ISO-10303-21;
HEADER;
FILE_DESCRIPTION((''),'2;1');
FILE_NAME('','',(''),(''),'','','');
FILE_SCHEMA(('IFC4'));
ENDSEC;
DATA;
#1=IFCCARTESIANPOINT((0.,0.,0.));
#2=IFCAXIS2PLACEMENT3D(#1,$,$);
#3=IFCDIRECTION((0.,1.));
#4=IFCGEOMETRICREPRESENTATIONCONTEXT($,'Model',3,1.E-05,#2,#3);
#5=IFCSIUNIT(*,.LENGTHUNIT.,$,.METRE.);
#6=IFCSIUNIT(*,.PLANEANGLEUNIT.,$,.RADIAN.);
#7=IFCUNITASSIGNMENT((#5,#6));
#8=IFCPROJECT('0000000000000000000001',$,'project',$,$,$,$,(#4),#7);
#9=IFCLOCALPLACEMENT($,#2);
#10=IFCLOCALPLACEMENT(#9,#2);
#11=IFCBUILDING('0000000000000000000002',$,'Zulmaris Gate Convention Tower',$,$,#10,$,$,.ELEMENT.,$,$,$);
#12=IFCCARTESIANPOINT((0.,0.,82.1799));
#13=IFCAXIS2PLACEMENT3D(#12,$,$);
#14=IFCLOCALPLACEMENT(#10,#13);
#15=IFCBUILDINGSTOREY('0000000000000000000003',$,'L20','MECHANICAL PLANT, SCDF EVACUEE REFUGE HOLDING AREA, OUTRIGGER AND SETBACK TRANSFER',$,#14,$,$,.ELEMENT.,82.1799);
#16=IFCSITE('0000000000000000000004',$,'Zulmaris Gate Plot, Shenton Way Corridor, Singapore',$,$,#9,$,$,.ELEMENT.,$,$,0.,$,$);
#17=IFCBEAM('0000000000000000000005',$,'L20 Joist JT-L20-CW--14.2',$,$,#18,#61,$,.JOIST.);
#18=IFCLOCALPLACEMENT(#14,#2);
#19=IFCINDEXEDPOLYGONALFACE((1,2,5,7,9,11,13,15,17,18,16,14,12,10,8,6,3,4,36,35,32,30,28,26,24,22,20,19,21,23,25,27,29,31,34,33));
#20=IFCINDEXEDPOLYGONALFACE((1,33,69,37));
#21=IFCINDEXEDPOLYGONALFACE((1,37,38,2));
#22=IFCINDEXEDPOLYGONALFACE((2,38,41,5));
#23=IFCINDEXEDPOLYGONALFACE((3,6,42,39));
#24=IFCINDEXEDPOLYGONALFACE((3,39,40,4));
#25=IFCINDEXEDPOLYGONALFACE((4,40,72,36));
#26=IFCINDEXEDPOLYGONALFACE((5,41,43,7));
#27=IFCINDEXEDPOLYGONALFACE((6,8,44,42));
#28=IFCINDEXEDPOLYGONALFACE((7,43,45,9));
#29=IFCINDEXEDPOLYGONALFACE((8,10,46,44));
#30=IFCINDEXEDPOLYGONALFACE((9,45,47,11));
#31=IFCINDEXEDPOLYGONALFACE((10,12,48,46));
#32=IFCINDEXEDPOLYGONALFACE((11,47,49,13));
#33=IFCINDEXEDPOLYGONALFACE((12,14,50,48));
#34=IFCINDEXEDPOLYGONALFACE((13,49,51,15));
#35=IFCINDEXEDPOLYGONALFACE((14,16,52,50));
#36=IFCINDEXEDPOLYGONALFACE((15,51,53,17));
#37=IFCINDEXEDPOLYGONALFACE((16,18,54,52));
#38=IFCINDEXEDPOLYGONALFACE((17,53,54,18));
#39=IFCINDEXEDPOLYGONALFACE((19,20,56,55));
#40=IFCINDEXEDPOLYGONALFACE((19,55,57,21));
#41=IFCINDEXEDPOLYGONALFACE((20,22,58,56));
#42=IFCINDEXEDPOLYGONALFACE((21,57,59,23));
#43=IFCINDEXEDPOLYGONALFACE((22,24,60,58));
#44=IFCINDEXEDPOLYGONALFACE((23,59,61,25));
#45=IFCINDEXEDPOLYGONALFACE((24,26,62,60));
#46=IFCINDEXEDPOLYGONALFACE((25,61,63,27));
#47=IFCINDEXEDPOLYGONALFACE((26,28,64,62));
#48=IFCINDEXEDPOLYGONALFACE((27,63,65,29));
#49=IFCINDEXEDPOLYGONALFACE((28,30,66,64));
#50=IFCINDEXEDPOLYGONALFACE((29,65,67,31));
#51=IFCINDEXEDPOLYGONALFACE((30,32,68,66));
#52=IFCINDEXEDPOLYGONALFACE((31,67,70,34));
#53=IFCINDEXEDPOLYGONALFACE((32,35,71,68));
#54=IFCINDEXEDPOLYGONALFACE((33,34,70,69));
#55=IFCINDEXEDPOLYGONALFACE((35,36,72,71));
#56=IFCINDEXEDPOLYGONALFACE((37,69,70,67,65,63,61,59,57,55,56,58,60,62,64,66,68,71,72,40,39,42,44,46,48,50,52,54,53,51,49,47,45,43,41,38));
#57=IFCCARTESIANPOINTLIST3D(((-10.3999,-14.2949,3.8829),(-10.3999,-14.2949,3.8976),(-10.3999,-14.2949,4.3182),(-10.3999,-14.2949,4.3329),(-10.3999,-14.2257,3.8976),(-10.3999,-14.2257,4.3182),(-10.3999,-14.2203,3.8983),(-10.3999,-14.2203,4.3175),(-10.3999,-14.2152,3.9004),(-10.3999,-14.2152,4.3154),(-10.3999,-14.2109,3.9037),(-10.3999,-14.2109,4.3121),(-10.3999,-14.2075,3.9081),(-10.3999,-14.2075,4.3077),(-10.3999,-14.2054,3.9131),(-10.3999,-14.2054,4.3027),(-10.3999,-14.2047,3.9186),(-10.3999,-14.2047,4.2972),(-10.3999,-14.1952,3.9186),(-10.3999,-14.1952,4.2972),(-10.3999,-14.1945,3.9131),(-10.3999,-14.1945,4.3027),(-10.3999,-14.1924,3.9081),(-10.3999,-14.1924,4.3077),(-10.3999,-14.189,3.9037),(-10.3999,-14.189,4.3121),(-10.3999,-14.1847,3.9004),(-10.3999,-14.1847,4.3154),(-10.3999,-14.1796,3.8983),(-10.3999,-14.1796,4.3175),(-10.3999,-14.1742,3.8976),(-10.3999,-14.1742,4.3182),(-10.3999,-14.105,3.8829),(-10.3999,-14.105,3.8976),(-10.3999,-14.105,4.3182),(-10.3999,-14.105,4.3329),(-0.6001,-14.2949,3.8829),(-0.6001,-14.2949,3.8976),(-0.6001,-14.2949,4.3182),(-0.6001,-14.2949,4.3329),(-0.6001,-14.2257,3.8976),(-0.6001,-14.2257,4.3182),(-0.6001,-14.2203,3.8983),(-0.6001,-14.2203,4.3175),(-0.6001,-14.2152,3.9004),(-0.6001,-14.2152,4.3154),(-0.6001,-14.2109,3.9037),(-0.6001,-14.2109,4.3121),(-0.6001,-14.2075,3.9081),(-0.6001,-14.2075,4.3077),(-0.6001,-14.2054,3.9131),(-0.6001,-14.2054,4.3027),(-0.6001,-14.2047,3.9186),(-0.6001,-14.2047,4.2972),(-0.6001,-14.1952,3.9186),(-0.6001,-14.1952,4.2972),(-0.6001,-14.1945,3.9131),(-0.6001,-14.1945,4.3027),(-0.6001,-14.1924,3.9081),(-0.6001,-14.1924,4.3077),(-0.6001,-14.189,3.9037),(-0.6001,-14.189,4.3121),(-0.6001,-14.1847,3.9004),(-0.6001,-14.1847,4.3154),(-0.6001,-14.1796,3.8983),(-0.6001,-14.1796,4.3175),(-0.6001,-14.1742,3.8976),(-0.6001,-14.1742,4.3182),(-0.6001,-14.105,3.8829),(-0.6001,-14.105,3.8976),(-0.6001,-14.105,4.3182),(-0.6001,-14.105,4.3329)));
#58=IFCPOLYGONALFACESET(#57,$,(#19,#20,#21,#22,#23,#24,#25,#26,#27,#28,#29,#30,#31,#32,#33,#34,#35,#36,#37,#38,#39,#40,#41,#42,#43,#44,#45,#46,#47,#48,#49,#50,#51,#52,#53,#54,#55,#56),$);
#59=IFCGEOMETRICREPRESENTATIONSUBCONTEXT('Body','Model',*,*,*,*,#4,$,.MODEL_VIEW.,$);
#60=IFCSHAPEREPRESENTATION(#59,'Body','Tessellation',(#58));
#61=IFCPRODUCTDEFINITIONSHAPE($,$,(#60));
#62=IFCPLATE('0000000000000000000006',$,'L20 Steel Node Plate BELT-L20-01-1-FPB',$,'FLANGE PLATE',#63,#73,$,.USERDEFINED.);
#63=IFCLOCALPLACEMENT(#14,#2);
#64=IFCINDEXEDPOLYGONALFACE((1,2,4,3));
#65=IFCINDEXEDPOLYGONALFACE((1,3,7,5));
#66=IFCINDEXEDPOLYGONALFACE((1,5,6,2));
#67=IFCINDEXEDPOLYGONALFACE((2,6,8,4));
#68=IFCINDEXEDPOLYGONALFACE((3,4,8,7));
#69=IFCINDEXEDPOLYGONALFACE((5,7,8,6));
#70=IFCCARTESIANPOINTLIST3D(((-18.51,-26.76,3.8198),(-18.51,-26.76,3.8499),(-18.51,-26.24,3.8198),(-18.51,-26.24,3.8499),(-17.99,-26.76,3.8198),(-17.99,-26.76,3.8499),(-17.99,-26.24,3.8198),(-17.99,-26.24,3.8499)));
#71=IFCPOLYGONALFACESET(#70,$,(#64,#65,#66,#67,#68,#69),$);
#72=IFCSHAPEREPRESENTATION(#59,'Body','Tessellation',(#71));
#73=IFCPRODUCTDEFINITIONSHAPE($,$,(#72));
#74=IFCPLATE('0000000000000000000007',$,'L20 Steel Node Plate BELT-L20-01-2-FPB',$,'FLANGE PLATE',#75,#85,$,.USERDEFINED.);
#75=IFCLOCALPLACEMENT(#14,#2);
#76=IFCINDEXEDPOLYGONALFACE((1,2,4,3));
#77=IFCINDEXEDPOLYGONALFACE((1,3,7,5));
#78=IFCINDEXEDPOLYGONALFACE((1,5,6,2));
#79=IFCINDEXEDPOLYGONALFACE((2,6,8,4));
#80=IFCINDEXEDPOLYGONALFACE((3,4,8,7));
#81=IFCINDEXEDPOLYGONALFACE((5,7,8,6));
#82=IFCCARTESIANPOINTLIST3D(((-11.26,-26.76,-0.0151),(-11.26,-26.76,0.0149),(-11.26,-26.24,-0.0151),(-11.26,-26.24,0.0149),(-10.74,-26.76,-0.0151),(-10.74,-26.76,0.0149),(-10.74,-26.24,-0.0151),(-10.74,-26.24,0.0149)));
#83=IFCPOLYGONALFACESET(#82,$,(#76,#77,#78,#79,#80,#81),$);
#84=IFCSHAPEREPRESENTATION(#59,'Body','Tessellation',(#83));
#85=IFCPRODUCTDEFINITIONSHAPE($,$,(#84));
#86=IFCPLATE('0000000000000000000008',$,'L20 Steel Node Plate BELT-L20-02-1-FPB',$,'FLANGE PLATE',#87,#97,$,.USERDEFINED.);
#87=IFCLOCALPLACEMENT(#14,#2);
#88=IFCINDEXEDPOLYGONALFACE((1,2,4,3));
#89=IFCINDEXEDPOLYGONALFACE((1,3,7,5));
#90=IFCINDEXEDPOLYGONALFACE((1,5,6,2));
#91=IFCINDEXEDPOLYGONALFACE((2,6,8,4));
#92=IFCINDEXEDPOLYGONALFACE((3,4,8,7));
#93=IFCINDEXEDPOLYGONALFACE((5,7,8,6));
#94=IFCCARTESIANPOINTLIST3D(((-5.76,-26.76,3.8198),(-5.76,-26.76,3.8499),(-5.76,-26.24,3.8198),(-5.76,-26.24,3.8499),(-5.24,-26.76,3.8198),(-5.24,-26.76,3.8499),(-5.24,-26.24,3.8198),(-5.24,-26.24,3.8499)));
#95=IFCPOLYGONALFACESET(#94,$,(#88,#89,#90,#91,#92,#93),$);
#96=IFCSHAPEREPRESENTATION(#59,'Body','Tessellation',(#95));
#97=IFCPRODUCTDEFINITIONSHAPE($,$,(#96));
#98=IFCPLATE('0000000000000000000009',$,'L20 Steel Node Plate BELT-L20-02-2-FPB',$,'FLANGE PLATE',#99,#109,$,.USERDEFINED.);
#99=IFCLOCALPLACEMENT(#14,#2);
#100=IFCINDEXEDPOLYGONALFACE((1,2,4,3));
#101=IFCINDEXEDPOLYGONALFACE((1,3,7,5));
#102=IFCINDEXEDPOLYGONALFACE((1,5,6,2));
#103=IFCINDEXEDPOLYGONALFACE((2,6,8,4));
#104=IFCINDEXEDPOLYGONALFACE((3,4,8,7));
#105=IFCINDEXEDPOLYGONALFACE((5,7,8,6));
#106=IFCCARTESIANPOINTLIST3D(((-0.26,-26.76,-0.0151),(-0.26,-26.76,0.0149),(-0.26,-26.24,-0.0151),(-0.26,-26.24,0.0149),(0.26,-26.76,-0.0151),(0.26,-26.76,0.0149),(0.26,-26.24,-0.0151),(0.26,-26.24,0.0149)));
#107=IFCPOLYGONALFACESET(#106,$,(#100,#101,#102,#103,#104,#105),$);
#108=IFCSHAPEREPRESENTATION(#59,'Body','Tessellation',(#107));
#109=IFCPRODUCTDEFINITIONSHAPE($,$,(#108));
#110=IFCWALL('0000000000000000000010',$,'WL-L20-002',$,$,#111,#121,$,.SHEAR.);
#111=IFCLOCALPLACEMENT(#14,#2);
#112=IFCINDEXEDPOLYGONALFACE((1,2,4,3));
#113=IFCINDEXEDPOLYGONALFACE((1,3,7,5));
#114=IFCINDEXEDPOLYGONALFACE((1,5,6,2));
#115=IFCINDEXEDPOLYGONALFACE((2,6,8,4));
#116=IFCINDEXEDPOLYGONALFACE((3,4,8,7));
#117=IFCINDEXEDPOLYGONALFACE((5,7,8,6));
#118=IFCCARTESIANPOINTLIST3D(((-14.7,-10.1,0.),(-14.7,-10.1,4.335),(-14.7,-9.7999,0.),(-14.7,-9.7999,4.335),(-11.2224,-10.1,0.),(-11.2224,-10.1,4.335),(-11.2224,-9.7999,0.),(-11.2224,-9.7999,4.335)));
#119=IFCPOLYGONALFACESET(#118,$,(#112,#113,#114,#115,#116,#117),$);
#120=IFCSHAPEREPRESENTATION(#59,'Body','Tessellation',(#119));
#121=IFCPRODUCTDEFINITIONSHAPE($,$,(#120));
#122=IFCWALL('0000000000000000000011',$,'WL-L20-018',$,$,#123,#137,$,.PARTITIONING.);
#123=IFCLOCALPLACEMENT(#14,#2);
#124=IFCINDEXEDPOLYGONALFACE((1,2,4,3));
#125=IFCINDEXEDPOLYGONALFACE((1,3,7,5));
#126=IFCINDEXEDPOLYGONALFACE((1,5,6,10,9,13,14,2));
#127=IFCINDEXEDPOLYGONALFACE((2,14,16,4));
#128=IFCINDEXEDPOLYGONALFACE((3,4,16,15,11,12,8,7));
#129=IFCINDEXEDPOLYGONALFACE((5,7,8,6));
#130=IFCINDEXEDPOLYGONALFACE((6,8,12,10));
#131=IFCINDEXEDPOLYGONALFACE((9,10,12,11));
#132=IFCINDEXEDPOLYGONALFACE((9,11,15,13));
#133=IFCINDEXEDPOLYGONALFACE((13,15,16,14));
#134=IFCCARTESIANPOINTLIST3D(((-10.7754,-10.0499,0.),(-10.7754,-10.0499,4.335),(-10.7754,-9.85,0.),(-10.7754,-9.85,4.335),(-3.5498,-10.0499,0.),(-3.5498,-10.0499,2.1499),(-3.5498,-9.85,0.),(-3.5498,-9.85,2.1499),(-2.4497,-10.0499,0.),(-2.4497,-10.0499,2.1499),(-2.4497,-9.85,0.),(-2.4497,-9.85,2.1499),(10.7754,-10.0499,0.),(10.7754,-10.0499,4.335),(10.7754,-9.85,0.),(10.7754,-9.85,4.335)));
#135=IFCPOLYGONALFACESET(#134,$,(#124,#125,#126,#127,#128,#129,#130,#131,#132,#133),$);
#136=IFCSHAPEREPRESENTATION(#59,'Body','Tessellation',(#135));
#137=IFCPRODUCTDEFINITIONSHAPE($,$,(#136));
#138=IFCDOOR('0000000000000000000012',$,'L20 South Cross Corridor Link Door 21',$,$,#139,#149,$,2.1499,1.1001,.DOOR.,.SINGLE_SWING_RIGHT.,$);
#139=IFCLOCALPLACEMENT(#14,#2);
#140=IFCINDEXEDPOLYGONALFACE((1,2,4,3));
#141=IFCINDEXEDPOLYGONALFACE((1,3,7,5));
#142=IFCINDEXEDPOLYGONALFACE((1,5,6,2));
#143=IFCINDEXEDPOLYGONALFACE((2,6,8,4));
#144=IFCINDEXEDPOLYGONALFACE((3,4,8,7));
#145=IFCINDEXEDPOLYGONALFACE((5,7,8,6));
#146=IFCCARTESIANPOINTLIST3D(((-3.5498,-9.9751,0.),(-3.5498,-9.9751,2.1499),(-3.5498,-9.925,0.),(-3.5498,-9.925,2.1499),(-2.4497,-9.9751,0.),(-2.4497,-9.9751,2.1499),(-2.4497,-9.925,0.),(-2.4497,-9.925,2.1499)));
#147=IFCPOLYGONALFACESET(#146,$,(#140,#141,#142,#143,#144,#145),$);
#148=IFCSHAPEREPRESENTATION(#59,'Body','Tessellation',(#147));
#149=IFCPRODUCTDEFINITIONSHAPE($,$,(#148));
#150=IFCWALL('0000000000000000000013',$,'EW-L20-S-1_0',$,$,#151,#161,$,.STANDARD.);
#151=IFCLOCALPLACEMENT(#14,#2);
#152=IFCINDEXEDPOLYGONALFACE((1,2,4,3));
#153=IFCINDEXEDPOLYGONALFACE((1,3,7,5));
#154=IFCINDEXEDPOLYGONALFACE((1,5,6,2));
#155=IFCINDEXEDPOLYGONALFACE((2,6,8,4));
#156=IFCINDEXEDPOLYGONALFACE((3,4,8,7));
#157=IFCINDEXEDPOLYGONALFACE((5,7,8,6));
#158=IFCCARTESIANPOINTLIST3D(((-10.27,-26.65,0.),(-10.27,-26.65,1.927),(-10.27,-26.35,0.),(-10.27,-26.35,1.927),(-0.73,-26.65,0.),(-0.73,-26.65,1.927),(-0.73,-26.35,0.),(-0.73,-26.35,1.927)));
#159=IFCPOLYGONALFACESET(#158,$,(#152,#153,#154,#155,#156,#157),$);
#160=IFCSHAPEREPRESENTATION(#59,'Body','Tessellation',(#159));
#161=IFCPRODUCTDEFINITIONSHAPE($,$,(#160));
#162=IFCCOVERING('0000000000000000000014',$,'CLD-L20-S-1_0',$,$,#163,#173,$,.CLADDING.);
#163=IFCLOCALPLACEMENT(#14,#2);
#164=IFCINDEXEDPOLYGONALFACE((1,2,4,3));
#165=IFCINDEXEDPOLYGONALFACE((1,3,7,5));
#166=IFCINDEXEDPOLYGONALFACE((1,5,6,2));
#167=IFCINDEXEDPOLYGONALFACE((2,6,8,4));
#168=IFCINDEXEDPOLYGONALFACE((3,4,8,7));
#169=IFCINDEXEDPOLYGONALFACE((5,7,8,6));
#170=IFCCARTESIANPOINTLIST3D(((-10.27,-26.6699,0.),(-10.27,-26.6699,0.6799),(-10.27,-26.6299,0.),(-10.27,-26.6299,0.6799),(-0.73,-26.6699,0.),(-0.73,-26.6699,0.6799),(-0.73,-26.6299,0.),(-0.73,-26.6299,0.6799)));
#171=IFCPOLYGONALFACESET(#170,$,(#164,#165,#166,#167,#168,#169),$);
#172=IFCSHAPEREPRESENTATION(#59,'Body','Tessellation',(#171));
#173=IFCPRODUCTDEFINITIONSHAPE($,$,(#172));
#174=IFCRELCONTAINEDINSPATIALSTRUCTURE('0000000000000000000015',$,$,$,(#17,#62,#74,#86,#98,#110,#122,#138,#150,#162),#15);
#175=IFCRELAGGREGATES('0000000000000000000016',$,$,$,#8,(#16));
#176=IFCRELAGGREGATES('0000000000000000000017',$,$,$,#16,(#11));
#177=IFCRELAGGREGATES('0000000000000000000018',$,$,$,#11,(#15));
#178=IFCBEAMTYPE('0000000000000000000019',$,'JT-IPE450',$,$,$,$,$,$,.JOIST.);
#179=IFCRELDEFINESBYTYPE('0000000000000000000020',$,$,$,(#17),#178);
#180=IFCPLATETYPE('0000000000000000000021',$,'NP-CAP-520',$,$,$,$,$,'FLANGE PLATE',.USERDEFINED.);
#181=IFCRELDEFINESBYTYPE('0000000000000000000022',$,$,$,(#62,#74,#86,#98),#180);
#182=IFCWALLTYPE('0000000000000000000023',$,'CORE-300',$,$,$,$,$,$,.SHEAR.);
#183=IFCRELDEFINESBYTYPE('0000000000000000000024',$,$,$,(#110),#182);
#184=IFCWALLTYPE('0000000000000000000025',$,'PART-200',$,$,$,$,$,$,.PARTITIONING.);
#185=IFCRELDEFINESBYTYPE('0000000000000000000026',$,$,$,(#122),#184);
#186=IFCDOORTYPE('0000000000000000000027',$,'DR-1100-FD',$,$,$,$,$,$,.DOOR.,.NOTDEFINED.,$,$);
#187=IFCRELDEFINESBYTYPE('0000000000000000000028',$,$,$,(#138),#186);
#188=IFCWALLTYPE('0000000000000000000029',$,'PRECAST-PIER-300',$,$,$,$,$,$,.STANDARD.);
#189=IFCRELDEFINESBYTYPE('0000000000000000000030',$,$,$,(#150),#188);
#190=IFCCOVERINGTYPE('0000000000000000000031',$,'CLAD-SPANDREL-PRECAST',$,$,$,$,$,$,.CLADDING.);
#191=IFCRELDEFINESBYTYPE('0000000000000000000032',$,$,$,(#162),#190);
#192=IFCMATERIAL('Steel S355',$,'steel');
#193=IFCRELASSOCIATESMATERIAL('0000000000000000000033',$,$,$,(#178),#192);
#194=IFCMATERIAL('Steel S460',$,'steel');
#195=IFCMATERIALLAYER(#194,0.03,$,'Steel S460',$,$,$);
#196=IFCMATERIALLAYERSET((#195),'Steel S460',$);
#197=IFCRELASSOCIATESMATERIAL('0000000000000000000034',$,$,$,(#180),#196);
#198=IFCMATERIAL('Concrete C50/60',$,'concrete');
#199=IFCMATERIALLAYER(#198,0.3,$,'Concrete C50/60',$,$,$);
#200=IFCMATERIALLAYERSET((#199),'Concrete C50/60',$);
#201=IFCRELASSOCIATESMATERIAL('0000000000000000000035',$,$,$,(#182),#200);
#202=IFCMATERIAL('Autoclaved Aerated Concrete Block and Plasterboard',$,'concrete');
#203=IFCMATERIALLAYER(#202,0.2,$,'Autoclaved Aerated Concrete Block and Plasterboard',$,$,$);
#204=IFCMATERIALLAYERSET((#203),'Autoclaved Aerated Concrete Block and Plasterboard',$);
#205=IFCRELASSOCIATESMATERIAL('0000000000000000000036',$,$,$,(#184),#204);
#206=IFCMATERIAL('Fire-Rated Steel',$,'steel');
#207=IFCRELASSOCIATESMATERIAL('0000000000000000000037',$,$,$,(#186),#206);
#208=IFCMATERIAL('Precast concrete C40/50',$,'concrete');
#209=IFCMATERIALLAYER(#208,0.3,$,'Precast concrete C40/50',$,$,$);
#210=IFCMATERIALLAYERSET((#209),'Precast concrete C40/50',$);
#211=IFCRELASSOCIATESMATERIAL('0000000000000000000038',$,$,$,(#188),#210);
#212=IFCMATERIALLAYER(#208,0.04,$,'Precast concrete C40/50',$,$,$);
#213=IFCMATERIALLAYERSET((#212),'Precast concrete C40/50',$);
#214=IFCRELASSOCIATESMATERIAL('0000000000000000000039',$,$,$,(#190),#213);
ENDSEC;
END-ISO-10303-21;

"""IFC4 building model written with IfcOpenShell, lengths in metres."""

from ifc_helpers import new_model, si_unit, direction, frame, frame_2d, origin, origin_2d, place, context, subcontext, project, spatial, rectangle, i_section, extrude, material, layer, layer_set, material_profile, profile_set, type_object, element, fill, save


model = new_model("IFC4")

# Units and contexts
model_context = context("Model", 3, precision=1e-05, world=origin(), true_north=direction((0.0, 1.0)))
body_context = subcontext(model_context, "Body", "Model", "MODEL_VIEW")
ifc_project = project(units=[si_unit("LENGTHUNIT", "METRE"), si_unit("PLANEANGLEUNIT", "RADIAN")], contexts=[model_context])

# Site, building, storey
site_placement = place(None, origin())
site = spatial("IfcSite", under=ifc_project, at=site_placement, Name="Zulmaris Gate Plot, Shenton Way Corridor, Singapore", CompositionType="ELEMENT", RefElevation=0.0)
building_placement = place(site_placement, origin())
building = spatial("IfcBuilding", under=site, at=building_placement, Name="Zulmaris Gate Convention Tower", CompositionType="ELEMENT")
storey_placement = place(building_placement, frame((0.0, 0.0, 82.1799)))
storey = spatial("IfcBuildingStorey", under=building, at=storey_placement, Name="L20", Description="MECHANICAL PLANT, SCDF EVACUEE REFUGE HOLDING AREA, OUTRIGGER AND SETBACK TRANSFER", CompositionType="ELEMENT", Elevation=82.1799)

# Shared definitions
ifc_material_1 = material(Name="Steel S460", Category="steel")

# Beam
ifc_material_2 = material(Name="Steel S355", Category="steel")
ifc_material_profile_1 = material_profile(ifc_material_2, i_section(OverallWidth=0.1899, OverallDepth=0.45, WebThickness=0.0095, FlangeThickness=0.0146, FilletRadius=0.021, at=origin_2d()), Name="IPE 450")
ifc_profile_set_1 = profile_set([ifc_material_profile_1], Name="Steel S355")
beam_type_1 = type_object("IfcBeamType", Name="JT-IPE450", PredefinedType="JOIST", material=ifc_profile_set_1)
for number, where, z_axis, x_axis, name in (
    (1, (-10.3999, -14.2, 4.1079), (1.0, 0.0, 0.0), (0.0, 1.0, 0.0), "L20 Joist JT-L20-CW--14.2"),
):
    element("IfcBeam", number, at=place(storey_placement, frame(where, z_axis=z_axis, x_axis=x_axis)), inside=storey, type_object=beam_type_1, Name=name, PredefinedType="JOIST", context=body_context, shape_type="SweptSolid", body=[
        extrude(i_section(OverallWidth=0.1899, OverallDepth=0.45, WebThickness=0.0095, FlangeThickness=0.0146, FilletRadius=0.021, at=origin_2d()), origin(), (0.0, 0.0, 1.0), 9.7998),
    ])

# Plates
ifc_layer_1 = layer(ifc_material_1, 0.03, Name="Steel S460")
ifc_layer_set_1 = layer_set([ifc_layer_1], Name="Steel S460")
plate_type = type_object("IfcPlateType", Name="NP-CAP-520", ElementType="FLANGE PLATE", PredefinedType="USERDEFINED", material=ifc_layer_set_1)
for number, where, z_axis, x_axis, name in (
    (2, (-18.25, -26.5, 3.8198), (0.0, 0.0, 1.0), (1.0, 0.0, 0.0), "L20 Steel Node Plate BELT-L20-01-1-FPB"),
    (3, (-11.0, -26.5, -0.0151), (0.0, 0.0, 1.0), (1.0, 0.0, 0.0), "L20 Steel Node Plate BELT-L20-01-2-FPB"),
    (4, (-5.5, -26.5, 3.8198), (0.0, 0.0, 1.0), (1.0, 0.0, 0.0), "L20 Steel Node Plate BELT-L20-02-1-FPB"),
    (5, (0.0, -26.5, -0.0151), (0.0, 0.0, 1.0), (1.0, 0.0, 0.0), "L20 Steel Node Plate BELT-L20-02-2-FPB"),
):
    element("IfcPlate", number, at=place(storey_placement, frame(where, z_axis=z_axis, x_axis=x_axis)), inside=storey, type_object=plate_type, Name=name, ObjectType="FLANGE PLATE", PredefinedType="USERDEFINED", context=body_context, shape_type="SweptSolid", body=[
        extrude(rectangle(XDim=0.52, YDim=0.52, at=origin_2d()), origin(), (0.0, 0.0, 1.0), 0.03),
    ])

# Wall
ifc_material_3 = material(Name="Concrete C50/60", Category="concrete")
ifc_layer_2 = layer(ifc_material_3, 0.3, Name="Concrete C50/60")
ifc_layer_set_2 = layer_set([ifc_layer_2], Name="Concrete C50/60")
wall_type_1 = type_object("IfcWallType", Name="CORE-300", PredefinedType="SHEAR", material=ifc_layer_set_2)
wall_1_placement = place(storey_placement, frame((-14.7, -9.95, 0.0), z_axis=(0.0, 0.0, 1.0), x_axis=(1.0, 0.0, 0.0)))
element("IfcWall", 6, at=wall_1_placement, inside=storey, type_object=wall_type_1, Name="WL-L20-002", PredefinedType="SHEAR", context=body_context, shape_type="SweptSolid", body=[
    extrude(rectangle(XDim=3.4775, YDim=0.3, at=frame_2d((1.7388, 0.0))), origin(), (0.0, 0.0, 1.0), 4.335),
])

# Wall, opening, door
ifc_material_4 = material(Name="Autoclaved Aerated Concrete Block and Plasterboard", Category="concrete")
ifc_layer_3 = layer(ifc_material_4, 0.2, Name="Autoclaved Aerated Concrete Block and Plasterboard")
ifc_layer_set_3 = layer_set([ifc_layer_3], Name="Autoclaved Aerated Concrete Block and Plasterboard")
wall_type_2 = type_object("IfcWallType", Name="PART-200", PredefinedType="PARTITIONING", material=ifc_layer_set_3)
wall_2_placement = place(storey_placement, frame((-10.7754, -9.95, 0.0), z_axis=(0.0, 0.0, 1.0), x_axis=(1.0, 0.0, 0.0)))
wall_2 = element("IfcWall", 7, at=wall_2_placement, inside=storey, type_object=wall_type_2, Name="WL-L20-018", PredefinedType="PARTITIONING", context=body_context, shape_type="SweptSolid", body=[
    extrude(rectangle(XDim=21.5508, YDim=0.2, at=frame_2d((10.7754, 0.0))), origin(), (0.0, 0.0, 1.0), 4.335),
])
opening_placement = place(wall_2_placement, frame((7.2256, 0.0, 0.0)))
opening = element("IfcOpeningElement", 8, at=opening_placement, cuts=wall_2, PredefinedType="OPENING", context=body_context, shape_type="SweptSolid", body=[
    extrude(rectangle(XDim=1.1001, YDim=2.1499, at=frame_2d((0.55, 1.075))), frame((0.0, 0.1099, 0.0), z_axis=(0.0, -1.0, 0.0), x_axis=(1.0, 0.0, 0.0)), (0.0, 0.0, 1.0), 0.22),
])
ifc_material_5 = material(Name="Fire-Rated Steel", Category="steel")
door_type = type_object("IfcDoorType", Name="DR-1100-FD", OperationType="NOTDEFINED", PredefinedType="DOOR", material=ifc_material_5)
door_placement = place(opening_placement, origin())
door = element("IfcDoor", 9, at=door_placement, inside=storey, type_object=door_type, Name="L20 South Cross Corridor Link Door 21", OperationType="SINGLE_SWING_RIGHT", OverallHeight=2.1499, OverallWidth=1.1001, PredefinedType="DOOR", context=body_context, shape_type="SweptSolid", body=[
    extrude(rectangle(XDim=1.1001, YDim=2.1499, at=frame_2d((0.55, 1.075))), frame((0.0, 0.0249, 0.0), z_axis=(0.0, -1.0, 0.0), x_axis=(1.0, 0.0, 0.0)), (0.0, 0.0, 1.0), 0.05),
])
fill(opening, door)

# Wall
ifc_material_6 = material(Name="Precast concrete C40/50", Category="concrete")
ifc_layer_4 = layer(ifc_material_6, 0.3, Name="Precast concrete C40/50")
ifc_layer_set_4 = layer_set([ifc_layer_4], Name="Precast concrete C40/50")
wall_type_3 = type_object("IfcWallType", Name="PRECAST-PIER-300", PredefinedType="STANDARD", material=ifc_layer_set_4)
wall_3_placement = place(storey_placement, frame((-10.27, -26.5, 0.0), z_axis=(0.0, 0.0, 1.0), x_axis=(1.0, 0.0, 0.0)))
element("IfcWall", 10, at=wall_3_placement, inside=storey, type_object=wall_type_3, Name="EW-L20-S-1_0", PredefinedType="STANDARD", context=body_context, shape_type="SweptSolid", body=[
    extrude(rectangle(XDim=9.54, YDim=0.3, at=frame_2d((4.77, 0.0))), origin(), (0.0, 0.0, 1.0), 1.927),
])

# Covering
ifc_layer_5 = layer(ifc_material_6, 0.04, Name="Precast concrete C40/50")
ifc_layer_set_5 = layer_set([ifc_layer_5], Name="Precast concrete C40/50")
covering_type = type_object("IfcCoveringType", Name="CLAD-SPANDREL-PRECAST", PredefinedType="CLADDING", material=ifc_layer_set_5)
covering_placement = place(storey_placement, frame((-10.27, -26.6499, 0.0), z_axis=(0.0, 0.0, 1.0), x_axis=(1.0, 0.0, 0.0)))
element("IfcCovering", 11, at=covering_placement, inside=storey, type_object=covering_type, Name="CLD-L20-S-1_0", PredefinedType="CLADDING", context=body_context, shape_type="SweptSolid", body=[
    extrude(rectangle(XDim=9.54, YDim=0.04, at=frame_2d((4.77, 0.0))), origin(), (0.0, 0.0, 1.0), 0.6799),
])

save(model, "model.ifc")
